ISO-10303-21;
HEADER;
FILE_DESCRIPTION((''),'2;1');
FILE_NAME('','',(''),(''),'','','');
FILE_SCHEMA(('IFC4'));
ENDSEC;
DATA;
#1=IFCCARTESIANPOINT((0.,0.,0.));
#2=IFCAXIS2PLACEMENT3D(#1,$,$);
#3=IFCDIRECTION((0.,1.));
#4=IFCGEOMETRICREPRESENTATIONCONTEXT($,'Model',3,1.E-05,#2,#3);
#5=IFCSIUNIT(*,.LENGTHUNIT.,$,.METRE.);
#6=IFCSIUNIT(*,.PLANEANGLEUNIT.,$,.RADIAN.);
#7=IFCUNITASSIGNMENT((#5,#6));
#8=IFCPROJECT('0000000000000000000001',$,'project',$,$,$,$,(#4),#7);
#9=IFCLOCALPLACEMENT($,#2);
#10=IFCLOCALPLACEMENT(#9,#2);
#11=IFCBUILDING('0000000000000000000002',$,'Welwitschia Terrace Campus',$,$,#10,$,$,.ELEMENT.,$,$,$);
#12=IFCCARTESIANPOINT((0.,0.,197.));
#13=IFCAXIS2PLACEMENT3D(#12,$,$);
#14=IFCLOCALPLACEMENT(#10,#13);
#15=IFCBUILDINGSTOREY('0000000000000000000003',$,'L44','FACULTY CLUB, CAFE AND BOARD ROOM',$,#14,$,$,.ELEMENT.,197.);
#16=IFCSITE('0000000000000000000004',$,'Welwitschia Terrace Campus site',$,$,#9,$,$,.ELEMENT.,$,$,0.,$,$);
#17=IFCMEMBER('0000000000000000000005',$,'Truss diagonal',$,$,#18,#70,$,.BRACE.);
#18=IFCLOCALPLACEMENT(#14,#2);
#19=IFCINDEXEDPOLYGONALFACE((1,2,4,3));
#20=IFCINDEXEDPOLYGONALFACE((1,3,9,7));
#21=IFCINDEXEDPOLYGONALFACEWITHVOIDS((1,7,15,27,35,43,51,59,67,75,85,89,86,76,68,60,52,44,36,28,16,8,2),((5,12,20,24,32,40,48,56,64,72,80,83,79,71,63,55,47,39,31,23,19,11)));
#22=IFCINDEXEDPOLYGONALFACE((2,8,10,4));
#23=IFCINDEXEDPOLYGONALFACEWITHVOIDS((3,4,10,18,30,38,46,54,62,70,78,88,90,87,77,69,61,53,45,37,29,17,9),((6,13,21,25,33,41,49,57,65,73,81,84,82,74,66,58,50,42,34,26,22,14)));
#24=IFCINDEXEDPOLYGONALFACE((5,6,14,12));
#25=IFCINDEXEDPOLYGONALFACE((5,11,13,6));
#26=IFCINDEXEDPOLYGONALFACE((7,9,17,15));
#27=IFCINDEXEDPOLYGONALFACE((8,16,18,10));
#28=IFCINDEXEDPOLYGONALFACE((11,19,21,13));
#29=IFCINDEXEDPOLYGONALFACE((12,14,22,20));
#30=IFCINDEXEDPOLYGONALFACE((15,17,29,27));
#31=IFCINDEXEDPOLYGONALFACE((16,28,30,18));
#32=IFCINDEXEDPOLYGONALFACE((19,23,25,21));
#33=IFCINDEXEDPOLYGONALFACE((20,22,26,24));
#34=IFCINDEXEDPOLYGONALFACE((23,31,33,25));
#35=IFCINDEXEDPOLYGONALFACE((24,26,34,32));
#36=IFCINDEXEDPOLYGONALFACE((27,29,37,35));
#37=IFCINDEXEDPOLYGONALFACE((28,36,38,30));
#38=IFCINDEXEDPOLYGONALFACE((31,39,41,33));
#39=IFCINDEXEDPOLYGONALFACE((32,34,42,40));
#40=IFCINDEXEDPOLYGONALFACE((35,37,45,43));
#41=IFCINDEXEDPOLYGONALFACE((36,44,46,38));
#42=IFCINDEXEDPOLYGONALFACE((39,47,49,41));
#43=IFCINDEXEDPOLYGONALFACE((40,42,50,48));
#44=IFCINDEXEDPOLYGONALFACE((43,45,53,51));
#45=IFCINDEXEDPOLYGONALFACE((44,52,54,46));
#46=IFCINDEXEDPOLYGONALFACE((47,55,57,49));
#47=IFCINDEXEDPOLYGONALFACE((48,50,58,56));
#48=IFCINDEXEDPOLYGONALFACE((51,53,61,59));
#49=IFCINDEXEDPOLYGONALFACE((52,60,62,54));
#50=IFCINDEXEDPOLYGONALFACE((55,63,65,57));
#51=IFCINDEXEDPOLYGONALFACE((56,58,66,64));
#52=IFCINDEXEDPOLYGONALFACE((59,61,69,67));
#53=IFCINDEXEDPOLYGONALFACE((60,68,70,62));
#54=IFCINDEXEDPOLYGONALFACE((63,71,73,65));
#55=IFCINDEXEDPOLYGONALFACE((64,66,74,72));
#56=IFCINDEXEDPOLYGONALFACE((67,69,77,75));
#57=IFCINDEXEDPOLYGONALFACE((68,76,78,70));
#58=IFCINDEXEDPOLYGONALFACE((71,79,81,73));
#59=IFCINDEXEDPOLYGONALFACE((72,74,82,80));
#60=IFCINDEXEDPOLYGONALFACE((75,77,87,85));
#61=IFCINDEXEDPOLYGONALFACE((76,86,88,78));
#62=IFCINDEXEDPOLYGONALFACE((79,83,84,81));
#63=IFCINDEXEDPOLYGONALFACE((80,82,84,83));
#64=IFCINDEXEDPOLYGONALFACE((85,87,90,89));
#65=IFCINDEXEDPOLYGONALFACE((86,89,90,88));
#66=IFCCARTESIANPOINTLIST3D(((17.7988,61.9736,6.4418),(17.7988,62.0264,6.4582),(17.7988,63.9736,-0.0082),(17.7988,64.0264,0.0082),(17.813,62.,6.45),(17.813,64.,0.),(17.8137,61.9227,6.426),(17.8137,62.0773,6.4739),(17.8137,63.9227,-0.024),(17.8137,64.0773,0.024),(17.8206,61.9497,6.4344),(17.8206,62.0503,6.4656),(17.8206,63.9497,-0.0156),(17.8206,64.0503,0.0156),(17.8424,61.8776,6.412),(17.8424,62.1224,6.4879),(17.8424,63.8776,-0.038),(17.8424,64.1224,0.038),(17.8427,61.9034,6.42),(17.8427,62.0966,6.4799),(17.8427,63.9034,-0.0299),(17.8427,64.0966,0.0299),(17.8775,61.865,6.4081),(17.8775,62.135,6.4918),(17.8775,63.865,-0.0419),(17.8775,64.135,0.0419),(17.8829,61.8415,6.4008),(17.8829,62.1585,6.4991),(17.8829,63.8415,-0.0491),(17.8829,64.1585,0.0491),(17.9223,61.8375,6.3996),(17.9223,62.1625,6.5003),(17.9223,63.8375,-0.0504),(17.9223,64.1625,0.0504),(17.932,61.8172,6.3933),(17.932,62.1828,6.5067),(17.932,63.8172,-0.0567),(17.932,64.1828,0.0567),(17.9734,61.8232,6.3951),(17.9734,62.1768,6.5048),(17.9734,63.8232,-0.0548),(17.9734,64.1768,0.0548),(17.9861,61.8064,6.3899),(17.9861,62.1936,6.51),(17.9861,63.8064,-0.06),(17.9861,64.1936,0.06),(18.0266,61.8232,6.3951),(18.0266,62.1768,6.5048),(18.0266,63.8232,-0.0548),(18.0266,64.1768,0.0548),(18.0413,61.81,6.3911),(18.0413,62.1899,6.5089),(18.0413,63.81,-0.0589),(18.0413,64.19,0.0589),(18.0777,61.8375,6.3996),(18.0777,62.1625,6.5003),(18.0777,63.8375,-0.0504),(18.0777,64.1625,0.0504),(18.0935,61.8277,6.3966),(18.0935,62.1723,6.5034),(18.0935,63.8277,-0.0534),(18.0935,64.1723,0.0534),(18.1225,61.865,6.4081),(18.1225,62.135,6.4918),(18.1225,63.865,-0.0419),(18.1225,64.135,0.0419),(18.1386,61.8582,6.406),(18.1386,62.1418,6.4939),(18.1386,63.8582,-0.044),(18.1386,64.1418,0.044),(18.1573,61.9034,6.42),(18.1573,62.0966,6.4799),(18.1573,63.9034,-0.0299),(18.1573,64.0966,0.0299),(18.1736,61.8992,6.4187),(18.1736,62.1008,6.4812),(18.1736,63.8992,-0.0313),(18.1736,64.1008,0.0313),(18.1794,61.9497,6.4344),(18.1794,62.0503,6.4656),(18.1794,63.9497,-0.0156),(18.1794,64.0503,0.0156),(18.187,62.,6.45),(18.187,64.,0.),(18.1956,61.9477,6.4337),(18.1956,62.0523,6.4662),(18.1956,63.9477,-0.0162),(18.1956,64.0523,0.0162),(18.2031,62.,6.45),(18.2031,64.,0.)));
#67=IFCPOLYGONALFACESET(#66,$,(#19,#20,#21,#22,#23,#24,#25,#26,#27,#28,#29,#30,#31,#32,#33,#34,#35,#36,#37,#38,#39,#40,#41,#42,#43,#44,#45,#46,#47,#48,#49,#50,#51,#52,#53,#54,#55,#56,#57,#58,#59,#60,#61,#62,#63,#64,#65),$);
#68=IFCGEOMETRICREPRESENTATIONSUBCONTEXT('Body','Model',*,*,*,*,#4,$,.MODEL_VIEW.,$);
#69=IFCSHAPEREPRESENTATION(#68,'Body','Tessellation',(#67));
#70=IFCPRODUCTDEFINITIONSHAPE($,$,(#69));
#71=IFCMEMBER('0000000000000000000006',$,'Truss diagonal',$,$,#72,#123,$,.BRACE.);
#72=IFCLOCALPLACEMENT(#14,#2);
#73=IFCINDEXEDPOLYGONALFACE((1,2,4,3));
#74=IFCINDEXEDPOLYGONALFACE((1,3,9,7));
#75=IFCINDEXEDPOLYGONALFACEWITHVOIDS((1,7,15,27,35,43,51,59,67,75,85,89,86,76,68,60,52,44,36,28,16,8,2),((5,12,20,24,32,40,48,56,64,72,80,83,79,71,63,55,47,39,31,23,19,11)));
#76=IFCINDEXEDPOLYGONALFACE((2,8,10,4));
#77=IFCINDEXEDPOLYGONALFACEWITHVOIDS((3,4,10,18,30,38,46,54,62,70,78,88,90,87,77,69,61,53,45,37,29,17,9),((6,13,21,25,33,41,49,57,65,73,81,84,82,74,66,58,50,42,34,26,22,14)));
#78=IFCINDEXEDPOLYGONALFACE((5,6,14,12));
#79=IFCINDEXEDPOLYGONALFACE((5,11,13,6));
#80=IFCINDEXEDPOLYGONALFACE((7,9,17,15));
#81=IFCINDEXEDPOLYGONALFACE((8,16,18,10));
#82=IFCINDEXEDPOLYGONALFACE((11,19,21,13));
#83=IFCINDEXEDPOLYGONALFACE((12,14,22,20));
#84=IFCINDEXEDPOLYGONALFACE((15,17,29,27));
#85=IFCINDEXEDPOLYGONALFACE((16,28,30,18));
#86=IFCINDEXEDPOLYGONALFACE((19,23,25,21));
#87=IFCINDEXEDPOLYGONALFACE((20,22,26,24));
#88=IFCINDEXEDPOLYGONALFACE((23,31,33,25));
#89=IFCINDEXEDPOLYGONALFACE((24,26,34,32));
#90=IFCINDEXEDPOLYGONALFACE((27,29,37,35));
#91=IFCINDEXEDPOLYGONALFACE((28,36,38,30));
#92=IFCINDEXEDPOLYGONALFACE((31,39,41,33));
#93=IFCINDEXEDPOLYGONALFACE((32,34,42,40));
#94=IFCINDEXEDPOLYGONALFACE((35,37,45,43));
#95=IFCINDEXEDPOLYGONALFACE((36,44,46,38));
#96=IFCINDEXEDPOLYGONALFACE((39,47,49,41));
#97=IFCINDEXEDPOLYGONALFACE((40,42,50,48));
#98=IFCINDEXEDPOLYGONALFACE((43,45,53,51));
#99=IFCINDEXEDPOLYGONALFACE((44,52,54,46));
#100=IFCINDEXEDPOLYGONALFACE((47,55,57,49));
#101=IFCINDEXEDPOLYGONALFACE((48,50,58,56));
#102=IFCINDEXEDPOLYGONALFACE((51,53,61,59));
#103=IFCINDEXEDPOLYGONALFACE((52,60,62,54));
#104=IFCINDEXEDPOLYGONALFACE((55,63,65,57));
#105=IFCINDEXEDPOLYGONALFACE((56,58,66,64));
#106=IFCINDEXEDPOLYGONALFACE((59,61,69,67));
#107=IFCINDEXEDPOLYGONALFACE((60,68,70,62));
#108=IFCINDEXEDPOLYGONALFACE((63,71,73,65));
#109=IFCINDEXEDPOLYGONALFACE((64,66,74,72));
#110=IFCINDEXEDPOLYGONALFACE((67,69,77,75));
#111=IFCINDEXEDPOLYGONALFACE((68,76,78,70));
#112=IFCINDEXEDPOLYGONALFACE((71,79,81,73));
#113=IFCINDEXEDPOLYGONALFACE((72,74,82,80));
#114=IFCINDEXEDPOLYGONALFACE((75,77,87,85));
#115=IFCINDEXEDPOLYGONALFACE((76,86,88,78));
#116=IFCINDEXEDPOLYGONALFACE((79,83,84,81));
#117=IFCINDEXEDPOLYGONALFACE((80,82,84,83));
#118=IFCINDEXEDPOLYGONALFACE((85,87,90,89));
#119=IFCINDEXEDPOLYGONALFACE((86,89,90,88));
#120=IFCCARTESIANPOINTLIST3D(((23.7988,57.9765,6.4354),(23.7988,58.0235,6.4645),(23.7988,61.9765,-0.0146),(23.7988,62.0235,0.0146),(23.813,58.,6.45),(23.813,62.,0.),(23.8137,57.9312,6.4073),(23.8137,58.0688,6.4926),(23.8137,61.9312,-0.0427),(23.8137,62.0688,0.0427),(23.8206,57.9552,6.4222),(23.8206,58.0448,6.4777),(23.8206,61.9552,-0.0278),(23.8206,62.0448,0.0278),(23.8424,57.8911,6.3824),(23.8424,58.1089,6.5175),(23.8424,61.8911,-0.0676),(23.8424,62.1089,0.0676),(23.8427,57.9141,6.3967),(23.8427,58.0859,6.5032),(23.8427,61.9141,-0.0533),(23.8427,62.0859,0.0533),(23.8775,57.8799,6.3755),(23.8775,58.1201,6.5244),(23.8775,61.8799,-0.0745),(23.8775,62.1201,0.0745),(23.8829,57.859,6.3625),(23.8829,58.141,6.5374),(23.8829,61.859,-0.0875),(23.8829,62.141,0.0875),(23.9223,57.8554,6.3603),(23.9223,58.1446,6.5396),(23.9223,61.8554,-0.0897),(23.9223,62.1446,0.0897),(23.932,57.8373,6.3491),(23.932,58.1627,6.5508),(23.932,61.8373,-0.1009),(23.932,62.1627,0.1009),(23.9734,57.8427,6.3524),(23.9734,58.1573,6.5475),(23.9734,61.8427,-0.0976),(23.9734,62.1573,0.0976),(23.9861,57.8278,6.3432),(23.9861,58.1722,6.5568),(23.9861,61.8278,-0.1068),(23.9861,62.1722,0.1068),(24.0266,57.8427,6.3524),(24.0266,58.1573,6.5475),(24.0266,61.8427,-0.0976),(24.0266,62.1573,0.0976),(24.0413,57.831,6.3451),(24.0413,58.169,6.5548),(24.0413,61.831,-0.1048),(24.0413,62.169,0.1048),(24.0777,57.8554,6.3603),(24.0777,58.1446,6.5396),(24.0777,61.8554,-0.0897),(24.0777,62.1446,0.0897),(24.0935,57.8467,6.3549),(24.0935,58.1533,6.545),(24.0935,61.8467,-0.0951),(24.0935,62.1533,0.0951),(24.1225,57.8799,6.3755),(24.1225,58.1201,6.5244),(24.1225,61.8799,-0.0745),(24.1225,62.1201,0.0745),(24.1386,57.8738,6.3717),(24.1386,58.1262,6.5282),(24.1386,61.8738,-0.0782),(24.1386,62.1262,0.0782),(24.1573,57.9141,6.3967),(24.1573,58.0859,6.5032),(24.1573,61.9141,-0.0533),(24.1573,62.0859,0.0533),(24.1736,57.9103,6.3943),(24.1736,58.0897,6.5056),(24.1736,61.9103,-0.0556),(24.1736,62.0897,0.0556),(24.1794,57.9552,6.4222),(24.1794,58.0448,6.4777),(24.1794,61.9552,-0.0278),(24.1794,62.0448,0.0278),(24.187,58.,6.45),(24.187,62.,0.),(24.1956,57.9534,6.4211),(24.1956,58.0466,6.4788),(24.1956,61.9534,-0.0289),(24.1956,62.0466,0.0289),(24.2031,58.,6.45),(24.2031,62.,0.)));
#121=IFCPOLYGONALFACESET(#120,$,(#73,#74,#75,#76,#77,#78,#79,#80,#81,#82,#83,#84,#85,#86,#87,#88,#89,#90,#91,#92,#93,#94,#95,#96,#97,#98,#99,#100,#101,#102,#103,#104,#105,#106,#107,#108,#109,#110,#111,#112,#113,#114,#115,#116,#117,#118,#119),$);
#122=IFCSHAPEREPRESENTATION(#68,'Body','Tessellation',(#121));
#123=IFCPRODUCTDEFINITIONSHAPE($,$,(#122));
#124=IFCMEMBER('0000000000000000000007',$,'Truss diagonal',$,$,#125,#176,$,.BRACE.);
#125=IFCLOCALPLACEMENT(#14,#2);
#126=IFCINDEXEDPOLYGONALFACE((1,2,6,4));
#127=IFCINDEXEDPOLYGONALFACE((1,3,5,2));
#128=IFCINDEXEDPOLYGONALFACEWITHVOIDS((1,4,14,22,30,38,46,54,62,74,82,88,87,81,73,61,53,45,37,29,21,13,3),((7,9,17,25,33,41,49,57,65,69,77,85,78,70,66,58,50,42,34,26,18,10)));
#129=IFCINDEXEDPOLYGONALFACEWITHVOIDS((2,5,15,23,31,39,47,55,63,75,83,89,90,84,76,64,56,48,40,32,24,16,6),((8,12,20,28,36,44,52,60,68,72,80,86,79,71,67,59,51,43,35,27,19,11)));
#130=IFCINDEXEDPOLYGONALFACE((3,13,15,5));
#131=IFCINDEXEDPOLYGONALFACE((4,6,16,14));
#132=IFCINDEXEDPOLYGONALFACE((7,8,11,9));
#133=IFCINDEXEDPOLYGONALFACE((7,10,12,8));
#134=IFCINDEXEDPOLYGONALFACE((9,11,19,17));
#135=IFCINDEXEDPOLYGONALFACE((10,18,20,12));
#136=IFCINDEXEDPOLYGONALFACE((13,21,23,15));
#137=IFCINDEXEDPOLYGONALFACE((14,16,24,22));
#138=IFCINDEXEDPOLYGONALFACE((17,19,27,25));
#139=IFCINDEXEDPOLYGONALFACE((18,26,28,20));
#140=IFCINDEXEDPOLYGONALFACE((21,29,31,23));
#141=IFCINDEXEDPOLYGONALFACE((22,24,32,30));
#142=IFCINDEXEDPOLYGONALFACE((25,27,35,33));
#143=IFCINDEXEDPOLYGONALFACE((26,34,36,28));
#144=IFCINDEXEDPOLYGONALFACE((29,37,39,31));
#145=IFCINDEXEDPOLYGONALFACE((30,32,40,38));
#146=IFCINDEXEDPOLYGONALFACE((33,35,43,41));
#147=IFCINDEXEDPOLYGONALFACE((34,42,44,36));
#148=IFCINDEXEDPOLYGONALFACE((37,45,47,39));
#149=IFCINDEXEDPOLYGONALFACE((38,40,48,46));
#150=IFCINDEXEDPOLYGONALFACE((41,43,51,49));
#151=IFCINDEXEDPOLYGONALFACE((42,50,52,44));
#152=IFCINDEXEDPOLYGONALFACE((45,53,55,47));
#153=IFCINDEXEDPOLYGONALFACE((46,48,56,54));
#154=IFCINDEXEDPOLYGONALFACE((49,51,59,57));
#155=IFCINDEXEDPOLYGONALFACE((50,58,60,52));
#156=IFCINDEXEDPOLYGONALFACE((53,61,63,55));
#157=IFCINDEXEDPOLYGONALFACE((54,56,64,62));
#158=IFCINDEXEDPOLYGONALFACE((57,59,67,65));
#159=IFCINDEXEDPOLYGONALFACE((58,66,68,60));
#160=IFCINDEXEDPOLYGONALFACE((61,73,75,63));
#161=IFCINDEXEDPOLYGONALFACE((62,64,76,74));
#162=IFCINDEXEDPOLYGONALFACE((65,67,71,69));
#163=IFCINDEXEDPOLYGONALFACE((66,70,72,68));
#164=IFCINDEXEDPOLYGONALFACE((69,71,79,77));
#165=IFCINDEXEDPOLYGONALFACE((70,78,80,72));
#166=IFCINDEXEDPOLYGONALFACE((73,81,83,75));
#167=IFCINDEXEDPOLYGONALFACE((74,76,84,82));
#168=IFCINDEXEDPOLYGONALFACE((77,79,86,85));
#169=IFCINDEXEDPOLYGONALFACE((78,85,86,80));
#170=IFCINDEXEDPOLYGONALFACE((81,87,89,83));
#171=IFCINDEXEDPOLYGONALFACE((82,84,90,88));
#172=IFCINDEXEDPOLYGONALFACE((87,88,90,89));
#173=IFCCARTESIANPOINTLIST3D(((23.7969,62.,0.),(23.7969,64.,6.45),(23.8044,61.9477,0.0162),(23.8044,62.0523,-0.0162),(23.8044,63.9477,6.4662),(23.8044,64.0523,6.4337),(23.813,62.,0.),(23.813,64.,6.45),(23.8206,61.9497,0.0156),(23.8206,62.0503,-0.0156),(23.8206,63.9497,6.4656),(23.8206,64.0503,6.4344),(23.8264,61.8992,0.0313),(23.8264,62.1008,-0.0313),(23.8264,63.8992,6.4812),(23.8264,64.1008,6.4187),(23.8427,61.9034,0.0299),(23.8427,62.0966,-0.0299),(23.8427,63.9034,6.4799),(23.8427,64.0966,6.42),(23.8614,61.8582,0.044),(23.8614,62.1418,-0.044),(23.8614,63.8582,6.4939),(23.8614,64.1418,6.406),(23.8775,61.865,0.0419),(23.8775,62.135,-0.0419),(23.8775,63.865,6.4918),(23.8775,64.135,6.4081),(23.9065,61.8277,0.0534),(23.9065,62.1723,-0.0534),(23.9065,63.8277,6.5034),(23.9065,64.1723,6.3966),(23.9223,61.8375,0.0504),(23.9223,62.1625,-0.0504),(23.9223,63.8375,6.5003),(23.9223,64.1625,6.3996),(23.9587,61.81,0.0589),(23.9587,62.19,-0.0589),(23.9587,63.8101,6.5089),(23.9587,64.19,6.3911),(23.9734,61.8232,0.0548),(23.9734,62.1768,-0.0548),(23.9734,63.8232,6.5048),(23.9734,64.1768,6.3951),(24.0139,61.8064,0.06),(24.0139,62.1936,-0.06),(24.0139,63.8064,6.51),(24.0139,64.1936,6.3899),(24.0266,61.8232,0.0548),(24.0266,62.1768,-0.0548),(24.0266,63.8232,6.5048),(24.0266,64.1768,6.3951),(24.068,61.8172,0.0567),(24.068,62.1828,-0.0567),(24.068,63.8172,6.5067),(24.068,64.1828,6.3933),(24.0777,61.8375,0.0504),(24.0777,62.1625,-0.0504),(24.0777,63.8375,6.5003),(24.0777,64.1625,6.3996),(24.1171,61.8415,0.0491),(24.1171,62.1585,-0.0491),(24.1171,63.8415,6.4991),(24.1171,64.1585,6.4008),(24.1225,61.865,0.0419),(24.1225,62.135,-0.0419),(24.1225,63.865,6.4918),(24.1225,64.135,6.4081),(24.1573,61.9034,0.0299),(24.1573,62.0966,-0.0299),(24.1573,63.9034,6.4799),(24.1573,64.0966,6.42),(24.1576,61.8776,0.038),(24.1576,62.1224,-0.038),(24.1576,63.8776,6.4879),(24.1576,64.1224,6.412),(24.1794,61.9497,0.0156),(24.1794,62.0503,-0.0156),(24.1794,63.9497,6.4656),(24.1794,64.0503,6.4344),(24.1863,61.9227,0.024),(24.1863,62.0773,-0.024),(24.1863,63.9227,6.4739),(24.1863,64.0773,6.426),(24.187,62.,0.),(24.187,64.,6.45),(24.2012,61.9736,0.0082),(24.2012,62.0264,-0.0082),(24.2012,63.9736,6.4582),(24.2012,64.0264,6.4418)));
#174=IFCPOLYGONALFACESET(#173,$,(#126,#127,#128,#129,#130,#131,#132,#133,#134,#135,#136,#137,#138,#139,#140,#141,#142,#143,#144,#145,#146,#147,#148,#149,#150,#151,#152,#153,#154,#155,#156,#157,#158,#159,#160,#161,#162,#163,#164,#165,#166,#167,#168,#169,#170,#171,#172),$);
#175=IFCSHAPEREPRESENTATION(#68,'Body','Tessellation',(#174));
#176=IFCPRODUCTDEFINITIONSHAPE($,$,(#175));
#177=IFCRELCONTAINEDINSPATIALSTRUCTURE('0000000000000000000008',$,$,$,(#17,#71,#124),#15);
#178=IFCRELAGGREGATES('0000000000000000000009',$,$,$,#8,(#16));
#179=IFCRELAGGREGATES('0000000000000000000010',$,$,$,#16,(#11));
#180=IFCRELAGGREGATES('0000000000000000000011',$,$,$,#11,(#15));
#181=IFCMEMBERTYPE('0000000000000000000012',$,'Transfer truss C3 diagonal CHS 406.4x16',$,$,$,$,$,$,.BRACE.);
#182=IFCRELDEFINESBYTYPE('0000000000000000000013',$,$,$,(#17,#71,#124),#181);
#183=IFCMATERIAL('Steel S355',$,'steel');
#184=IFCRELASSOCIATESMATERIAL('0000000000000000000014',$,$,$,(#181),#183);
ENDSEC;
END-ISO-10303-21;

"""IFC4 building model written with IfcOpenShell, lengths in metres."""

from ifc_helpers import new_model, si_unit, direction, frame, origin, origin_2d, place, context, subcontext, project, spatial, hollow_circle, extrude, material, material_profile, profile_set, type_object, element, save


model = new_model("IFC4")

# Units and contexts
model_context = context("Model", 3, precision=1e-05, world=origin(), true_north=direction((0.0, 1.0)))
body_context = subcontext(model_context, "Body", "Model", "MODEL_VIEW")
ifc_project = project(units=[si_unit("LENGTHUNIT", "METRE"), si_unit("PLANEANGLEUNIT", "RADIAN")], contexts=[model_context])

# Site, building, storey
site_placement = place(None, origin())
site = spatial("IfcSite", under=ifc_project, at=site_placement, Name="Welwitschia Terrace Campus site", CompositionType="ELEMENT", RefElevation=0.0)
building_placement = place(site_placement, origin())
building = spatial("IfcBuilding", under=site, at=building_placement, Name="Welwitschia Terrace Campus", CompositionType="ELEMENT")
storey_placement = place(building_placement, frame((0.0, 0.0, 197.0)))
storey = spatial("IfcBuildingStorey", under=building, at=storey_placement, Name="L44", Description="FACULTY CLUB, CAFE AND BOARD ROOM", CompositionType="ELEMENT", Elevation=197.0)

# Members
ifc_material_1 = material(Name="Steel S355", Category="steel")
ifc_material_profile_1 = material_profile(ifc_material_1, hollow_circle(Radius=0.2031, WallThickness=0.0161, at=origin_2d()))
ifc_profile_set_1 = profile_set([ifc_material_profile_1], Name="Steel S355")
member_type_1 = type_object("IfcMemberType", Name="Transfer truss C3 diagonal CHS 406.4x16", PredefinedType="BRACE", material=ifc_profile_set_1)
member_1_placement = place(storey_placement, frame((18.0, 64.0, 0.0), z_axis=(0.0, -0.296168, 0.955136), x_axis=(1.0, 0.0, 0.0)))
element("IfcMember", 1, at=member_1_placement, inside=storey, type_object=member_type_1, Name="Truss diagonal", PredefinedType="BRACE", context=body_context, shape_type="SweptSolid", body=[
    extrude(hollow_circle(Radius=0.2031, WallThickness=0.0161, at=origin_2d()), origin(), (0.0, 0.0, 1.0), 6.7529),
])
member_2_placement = place(storey_placement, frame((24.0, 62.0, 0.0), z_axis=(0.0, -0.527038, 0.849842), x_axis=(1.0, 0.0, 0.0)))
element("IfcMember", 2, at=member_2_placement, inside=storey, type_object=member_type_1, Name="Truss diagonal", PredefinedType="BRACE", context=body_context, shape_type="SweptSolid", body=[
    extrude(hollow_circle(Radius=0.2031, WallThickness=0.0161, at=origin_2d()), origin(), (0.0, 0.0, 1.0), 7.5896),
])
member_3_placement = place(storey_placement, frame((24.0, 62.0, 0.0), z_axis=(0.0, 0.296168, 0.955136), x_axis=(-1.0, 0.0, 0.0)))
element("IfcMember", 3, at=member_3_placement, inside=storey, type_object=member_type_1, Name="Truss diagonal", PredefinedType="BRACE", context=body_context, shape_type="SweptSolid", body=[
    extrude(hollow_circle(Radius=0.2031, WallThickness=0.0161, at=origin_2d()), origin(), (0.0, 0.0, 1.0), 6.7529),
])

save(model, "model.ifc")
